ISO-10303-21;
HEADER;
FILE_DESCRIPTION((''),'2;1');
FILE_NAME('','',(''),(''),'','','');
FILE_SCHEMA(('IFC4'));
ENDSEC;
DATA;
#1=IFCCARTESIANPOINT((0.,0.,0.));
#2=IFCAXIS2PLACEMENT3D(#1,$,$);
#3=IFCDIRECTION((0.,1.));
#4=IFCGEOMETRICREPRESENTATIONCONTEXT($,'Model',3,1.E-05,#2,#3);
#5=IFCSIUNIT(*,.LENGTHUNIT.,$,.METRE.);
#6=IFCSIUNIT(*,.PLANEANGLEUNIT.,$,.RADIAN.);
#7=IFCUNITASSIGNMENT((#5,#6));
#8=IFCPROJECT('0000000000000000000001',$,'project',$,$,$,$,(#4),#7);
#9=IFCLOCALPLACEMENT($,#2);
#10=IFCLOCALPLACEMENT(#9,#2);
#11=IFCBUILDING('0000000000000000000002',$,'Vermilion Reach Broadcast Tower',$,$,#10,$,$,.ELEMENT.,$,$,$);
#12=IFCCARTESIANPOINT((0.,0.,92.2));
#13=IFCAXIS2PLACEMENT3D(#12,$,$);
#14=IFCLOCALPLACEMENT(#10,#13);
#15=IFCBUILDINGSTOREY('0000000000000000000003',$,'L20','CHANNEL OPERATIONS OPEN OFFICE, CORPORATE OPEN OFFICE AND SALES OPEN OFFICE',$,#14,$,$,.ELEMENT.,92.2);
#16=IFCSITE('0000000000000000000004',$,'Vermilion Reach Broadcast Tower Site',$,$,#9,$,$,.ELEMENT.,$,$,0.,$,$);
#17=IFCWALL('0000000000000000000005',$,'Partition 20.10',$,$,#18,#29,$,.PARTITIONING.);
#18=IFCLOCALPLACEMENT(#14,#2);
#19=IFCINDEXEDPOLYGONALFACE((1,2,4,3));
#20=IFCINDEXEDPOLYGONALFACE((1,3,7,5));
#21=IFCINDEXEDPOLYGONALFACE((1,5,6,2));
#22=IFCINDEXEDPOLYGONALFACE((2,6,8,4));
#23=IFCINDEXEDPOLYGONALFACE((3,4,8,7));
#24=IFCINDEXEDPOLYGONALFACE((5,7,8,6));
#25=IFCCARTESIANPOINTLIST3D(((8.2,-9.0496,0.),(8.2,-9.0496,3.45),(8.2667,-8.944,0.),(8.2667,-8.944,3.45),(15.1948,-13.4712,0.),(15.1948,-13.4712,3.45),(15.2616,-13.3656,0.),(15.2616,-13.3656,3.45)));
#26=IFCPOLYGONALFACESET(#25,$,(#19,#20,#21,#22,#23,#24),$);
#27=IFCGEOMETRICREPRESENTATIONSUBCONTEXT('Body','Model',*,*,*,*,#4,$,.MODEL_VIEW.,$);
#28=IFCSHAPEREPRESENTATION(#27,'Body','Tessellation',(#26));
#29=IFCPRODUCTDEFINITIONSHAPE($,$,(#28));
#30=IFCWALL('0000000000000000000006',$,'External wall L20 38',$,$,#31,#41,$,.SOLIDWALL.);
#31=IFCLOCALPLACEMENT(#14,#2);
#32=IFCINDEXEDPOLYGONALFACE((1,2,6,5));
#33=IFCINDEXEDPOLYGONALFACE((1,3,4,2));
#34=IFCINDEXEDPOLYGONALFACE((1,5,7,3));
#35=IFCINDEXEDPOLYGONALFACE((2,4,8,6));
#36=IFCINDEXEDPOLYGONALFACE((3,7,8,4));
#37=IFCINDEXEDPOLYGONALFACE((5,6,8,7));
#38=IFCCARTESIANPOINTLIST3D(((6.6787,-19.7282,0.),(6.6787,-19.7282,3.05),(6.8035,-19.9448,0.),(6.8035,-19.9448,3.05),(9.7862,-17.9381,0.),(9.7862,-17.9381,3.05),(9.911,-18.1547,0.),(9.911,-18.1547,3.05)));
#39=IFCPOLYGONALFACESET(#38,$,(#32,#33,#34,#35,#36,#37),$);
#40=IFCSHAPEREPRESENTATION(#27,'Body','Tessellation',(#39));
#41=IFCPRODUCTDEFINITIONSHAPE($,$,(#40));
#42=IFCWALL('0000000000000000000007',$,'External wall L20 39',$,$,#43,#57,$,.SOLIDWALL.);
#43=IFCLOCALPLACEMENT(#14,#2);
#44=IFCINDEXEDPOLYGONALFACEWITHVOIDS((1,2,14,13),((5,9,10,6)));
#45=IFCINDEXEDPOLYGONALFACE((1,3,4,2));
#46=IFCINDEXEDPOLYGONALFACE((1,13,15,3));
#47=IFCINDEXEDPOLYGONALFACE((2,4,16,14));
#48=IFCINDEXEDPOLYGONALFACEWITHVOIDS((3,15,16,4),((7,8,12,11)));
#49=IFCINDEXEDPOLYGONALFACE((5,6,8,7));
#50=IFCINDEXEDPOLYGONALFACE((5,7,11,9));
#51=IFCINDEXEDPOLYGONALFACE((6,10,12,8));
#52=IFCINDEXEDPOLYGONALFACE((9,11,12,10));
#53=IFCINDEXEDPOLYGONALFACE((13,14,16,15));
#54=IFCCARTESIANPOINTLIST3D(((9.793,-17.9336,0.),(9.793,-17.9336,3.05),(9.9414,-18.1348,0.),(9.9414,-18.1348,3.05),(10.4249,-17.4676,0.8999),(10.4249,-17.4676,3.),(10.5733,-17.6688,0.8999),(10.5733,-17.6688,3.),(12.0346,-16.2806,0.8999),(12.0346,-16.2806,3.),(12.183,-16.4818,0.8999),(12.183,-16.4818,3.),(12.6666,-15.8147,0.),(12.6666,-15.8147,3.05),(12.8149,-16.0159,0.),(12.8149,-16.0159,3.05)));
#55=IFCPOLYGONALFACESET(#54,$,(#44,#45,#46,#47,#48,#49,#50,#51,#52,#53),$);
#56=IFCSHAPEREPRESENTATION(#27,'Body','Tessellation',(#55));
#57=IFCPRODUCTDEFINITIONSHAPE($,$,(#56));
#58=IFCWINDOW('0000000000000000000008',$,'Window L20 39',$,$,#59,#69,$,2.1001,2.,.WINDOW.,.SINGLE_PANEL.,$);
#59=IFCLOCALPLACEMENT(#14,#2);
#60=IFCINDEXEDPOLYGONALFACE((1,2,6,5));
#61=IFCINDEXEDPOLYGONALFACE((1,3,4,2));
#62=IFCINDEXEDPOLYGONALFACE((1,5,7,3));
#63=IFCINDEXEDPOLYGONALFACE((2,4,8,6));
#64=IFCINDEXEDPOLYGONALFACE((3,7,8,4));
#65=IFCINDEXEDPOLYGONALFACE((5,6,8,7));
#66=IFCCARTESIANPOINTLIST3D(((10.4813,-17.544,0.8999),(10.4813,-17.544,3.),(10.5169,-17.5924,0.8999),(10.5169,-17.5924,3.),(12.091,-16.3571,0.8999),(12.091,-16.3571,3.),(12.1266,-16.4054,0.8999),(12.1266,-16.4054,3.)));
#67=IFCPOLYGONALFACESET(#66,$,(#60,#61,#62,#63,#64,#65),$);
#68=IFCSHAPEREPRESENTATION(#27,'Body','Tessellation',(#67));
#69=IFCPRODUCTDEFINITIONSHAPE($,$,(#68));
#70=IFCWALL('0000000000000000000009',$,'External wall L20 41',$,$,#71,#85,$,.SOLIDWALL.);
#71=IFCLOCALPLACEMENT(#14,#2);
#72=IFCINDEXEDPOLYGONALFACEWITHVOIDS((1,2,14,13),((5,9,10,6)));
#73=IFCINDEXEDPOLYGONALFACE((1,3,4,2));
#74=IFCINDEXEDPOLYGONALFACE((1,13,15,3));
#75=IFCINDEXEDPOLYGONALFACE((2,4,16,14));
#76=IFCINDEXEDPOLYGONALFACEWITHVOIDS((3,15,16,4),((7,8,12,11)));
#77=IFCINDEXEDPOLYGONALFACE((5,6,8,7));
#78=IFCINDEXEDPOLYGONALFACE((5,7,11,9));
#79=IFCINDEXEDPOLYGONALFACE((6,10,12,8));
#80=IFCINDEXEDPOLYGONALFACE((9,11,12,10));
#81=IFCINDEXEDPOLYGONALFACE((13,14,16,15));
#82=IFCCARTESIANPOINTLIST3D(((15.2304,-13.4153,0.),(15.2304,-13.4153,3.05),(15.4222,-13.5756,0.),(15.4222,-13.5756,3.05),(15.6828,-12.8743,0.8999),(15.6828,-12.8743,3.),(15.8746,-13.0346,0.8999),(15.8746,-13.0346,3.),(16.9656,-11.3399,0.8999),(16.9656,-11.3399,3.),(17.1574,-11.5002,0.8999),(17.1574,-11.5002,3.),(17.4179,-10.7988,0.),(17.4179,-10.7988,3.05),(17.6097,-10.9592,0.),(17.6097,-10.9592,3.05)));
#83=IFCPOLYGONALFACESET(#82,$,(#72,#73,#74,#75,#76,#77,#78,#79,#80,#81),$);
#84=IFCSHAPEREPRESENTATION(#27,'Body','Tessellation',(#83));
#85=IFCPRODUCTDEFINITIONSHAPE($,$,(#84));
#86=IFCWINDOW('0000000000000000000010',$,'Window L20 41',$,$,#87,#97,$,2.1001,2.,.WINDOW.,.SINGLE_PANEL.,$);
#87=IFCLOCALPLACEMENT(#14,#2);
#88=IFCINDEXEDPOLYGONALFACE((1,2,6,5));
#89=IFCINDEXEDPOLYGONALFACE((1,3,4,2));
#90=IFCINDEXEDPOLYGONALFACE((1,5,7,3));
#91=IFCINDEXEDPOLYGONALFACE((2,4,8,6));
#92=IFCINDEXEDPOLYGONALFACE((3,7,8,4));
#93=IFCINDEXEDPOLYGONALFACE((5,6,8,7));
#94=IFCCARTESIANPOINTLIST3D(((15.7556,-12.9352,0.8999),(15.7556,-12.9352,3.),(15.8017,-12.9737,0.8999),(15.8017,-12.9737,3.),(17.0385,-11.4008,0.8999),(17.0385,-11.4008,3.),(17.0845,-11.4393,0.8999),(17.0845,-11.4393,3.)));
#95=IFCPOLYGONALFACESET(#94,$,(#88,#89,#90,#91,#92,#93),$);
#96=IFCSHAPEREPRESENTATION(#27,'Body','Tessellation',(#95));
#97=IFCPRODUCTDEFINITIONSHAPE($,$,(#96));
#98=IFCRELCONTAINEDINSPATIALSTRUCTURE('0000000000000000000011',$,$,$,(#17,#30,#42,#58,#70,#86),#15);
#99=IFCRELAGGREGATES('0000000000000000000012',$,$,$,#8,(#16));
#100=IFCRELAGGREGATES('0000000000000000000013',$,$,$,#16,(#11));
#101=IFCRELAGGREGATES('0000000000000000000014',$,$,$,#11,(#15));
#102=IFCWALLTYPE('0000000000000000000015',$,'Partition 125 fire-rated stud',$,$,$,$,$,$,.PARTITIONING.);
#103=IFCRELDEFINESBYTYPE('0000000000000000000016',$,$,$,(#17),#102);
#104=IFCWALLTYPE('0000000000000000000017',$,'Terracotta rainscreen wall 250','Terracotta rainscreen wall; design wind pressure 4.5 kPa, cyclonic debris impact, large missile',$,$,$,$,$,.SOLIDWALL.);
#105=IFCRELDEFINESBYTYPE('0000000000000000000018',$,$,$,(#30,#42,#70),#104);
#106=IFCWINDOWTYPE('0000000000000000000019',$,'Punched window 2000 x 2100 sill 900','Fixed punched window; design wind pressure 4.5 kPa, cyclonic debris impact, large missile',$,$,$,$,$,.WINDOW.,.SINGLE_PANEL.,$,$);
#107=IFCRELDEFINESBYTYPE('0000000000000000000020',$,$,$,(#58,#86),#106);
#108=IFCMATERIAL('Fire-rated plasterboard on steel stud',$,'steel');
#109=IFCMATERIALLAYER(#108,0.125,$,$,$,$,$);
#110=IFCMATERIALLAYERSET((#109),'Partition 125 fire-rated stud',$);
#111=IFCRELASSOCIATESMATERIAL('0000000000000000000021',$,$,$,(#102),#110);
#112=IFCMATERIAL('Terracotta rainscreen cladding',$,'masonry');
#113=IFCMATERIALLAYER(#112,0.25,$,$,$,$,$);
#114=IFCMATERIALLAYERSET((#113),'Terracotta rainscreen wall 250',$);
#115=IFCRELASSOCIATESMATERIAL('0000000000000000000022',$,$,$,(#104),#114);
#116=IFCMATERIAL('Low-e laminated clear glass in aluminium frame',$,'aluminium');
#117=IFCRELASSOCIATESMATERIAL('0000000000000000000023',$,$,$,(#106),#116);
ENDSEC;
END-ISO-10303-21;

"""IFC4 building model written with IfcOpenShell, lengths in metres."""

from ifc_helpers import new_model, si_unit, direction, frame, frame_2d, origin, place, context, subcontext, project, spatial, rectangle, extrude, material, layer, layer_set, type_object, element, fill, save


model = new_model("IFC4")

# Units and contexts
model_context = context("Model", 3, precision=1e-05, world=origin(), true_north=direction((0.0, 1.0)))
body_context = subcontext(model_context, "Body", "Model", "MODEL_VIEW")
ifc_project = project(units=[si_unit("LENGTHUNIT", "METRE"), si_unit("PLANEANGLEUNIT", "RADIAN")], contexts=[model_context])

# Site, building, storey
site_placement = place(None, origin())
site = spatial("IfcSite", under=ifc_project, at=site_placement, Name="Vermilion Reach Broadcast Tower Site", CompositionType="ELEMENT", RefElevation=0.0)
building_placement = place(site_placement, origin())
building = spatial("IfcBuilding", under=site, at=building_placement, Name="Vermilion Reach Broadcast Tower", CompositionType="ELEMENT")
storey_placement = place(building_placement, frame((0.0, 0.0, 92.2)))
storey = spatial("IfcBuildingStorey", under=building, at=storey_placement, Name="L20", Description="CHANNEL OPERATIONS OPEN OFFICE, CORPORATE OPEN OFFICE AND SALES OPEN OFFICE", CompositionType="ELEMENT", Elevation=92.2)

# Walls
ifc_material_1 = material(Name="Fire-rated plasterboard on steel stud", Category="steel")
ifc_layer_1 = layer(ifc_material_1, 0.125)
ifc_layer_set_1 = layer_set([ifc_layer_1], Name="Partition 125 fire-rated stud")
wall_type_1 = type_object("IfcWallType", Name="Partition 125 fire-rated stud", PredefinedType="PARTITIONING", material=ifc_layer_set_1)
wall_1_placement = place(storey_placement, frame((15.2283, -13.4185, 0.0), z_axis=(0.0, 0.0, 1.0), x_axis=(-0.845281, 0.534323, 0.0)))
element("IfcWall", 1, at=wall_1_placement, inside=storey, type_object=wall_type_1, Name="Partition 20.10", PredefinedType="PARTITIONING", context=body_context, shape_type="SweptSolid", body=[
    extrude(rectangle(XDim=8.2751, YDim=0.125, at=frame_2d((4.1377, 0.0))), origin(), (0.0, 0.0, 1.0), 3.45),
])
ifc_material_2 = material(Name="Terracotta rainscreen cladding", Category="masonry")
ifc_layer_2 = layer(ifc_material_2, 0.25)
ifc_layer_set_2 = layer_set([ifc_layer_2], Name="Terracotta rainscreen wall 250")
wall_type_2 = type_object("IfcWallType", Name="Terracotta rainscreen wall 250", Description="Terracotta rainscreen wall; design wind pressure 4.5 kPa, cyclonic debris impact, large missile", PredefinedType="SOLIDWALL", material=ifc_layer_set_2)
wall_2_placement = place(storey_placement, frame((6.7412, -19.8364, 0.0), z_axis=(0.0, 0.0, 1.0), x_axis=(0.866512, 0.499157, 0.0)))
element("IfcWall", 2, at=wall_2_placement, inside=storey, type_object=wall_type_2, Name="External wall L20 38", PredefinedType="SOLIDWALL", context=body_context, shape_type="SweptSolid", body=[
    extrude(rectangle(XDim=3.5862, YDim=0.25, at=frame_2d((1.793, 0.0))), origin(), (0.0, 0.0, 1.0), 3.05),
])

# Wall, opening, window
wall_3_placement = place(storey_placement, frame((9.8672, -18.0342, 0.0), z_axis=(0.0, 0.0, 1.0), x_axis=(0.804848, 0.593481, 0.0)))
wall_3 = element("IfcWall", 3, at=wall_3_placement, inside=storey, type_object=wall_type_2, Name="External wall L20 39", PredefinedType="SOLIDWALL", context=body_context, shape_type="SweptSolid", body=[
    extrude(rectangle(XDim=3.5703, YDim=0.25, at=frame_2d((1.7852, 0.0))), origin(), (0.0, 0.0, 1.0), 3.05),
])
opening_1_placement = place(wall_3_placement, frame((0.7852, 0.0, 0.8999)))
opening_1 = element("IfcOpeningElement", 4, at=opening_1_placement, cuts=wall_3, PredefinedType="OPENING", context=body_context, shape_type="SweptSolid", body=[
    extrude(rectangle(XDim=2.0, YDim=2.1001, at=frame_2d((1.0, 1.05))), frame((0.0, 0.135, 0.0), z_axis=(0.0, -1.0, 0.0), x_axis=(1.0, 0.0, 0.0)), (0.0, 0.0, 1.0), 0.27),
])
ifc_material_3 = material(Name="Low-e laminated clear glass in aluminium frame", Category="aluminium")
window_type = type_object("IfcWindowType", Name="Punched window 2000 x 2100 sill 900", Description="Fixed punched window; design wind pressure 4.5 kPa, cyclonic debris impact, large missile", PartitioningType="SINGLE_PANEL", PredefinedType="WINDOW", material=ifc_material_3)
window_1_placement = place(opening_1_placement, origin())
window_1 = element("IfcWindow", 5, at=window_1_placement, inside=storey, type_object=window_type, Name="Window L20 39", OverallHeight=2.1001, OverallWidth=2.0, PartitioningType="SINGLE_PANEL", PredefinedType="WINDOW", context=body_context, shape_type="SweptSolid", body=[
    extrude(rectangle(XDim=2.0, YDim=2.1001, at=frame_2d((1.0, 1.05))), frame((0.0, 0.03, 0.0), z_axis=(0.0, -1.0, 0.0), x_axis=(1.0, 0.0, 0.0)), (0.0, 0.0, 1.0), 0.0601),
])
fill(opening_1, window_1)

# Wall, opening, window
wall_4_placement = place(storey_placement, frame((15.3264, -13.4954, 0.0), z_axis=(0.0, 0.0, 1.0), x_axis=(0.641416, 0.767193, 0.0)))
wall_4 = element("IfcWall", 6, at=wall_4_placement, inside=storey, type_object=wall_type_2, Name="External wall L20 41", PredefinedType="SOLIDWALL", context=body_context, shape_type="SweptSolid", body=[
    extrude(rectangle(XDim=3.4104, YDim=0.25, at=frame_2d((1.7051, 0.0))), origin(), (0.0, 0.0, 1.0), 3.05),
])
opening_2_placement = place(wall_4_placement, frame((0.7051, 0.0, 0.8999)))
opening_2 = element("IfcOpeningElement", 7, at=opening_2_placement, cuts=wall_4, PredefinedType="OPENING", context=body_context, shape_type="SweptSolid", body=[
    extrude(rectangle(XDim=2.0, YDim=2.1001, at=frame_2d((1.0, 1.05))), frame((0.0, 0.135, 0.0), z_axis=(0.0, -1.0, 0.0), x_axis=(1.0, 0.0, 0.0)), (0.0, 0.0, 1.0), 0.27),
])
window_2_placement = place(opening_2_placement, origin())
window_2 = element("IfcWindow", 8, at=window_2_placement, inside=storey, type_object=window_type, Name="Window L20 41", OverallHeight=2.1001, OverallWidth=2.0, PartitioningType="SINGLE_PANEL", PredefinedType="WINDOW", context=body_context, shape_type="SweptSolid", body=[
    extrude(rectangle(XDim=2.0, YDim=2.1001, at=frame_2d((1.0, 1.05))), frame((0.0, 0.03, 0.0), z_axis=(0.0, -1.0, 0.0), x_axis=(1.0, 0.0, 0.0)), (0.0, 0.0, 1.0), 0.0601),
])
fill(opening_2, window_2)

save(model, "model.ifc")
